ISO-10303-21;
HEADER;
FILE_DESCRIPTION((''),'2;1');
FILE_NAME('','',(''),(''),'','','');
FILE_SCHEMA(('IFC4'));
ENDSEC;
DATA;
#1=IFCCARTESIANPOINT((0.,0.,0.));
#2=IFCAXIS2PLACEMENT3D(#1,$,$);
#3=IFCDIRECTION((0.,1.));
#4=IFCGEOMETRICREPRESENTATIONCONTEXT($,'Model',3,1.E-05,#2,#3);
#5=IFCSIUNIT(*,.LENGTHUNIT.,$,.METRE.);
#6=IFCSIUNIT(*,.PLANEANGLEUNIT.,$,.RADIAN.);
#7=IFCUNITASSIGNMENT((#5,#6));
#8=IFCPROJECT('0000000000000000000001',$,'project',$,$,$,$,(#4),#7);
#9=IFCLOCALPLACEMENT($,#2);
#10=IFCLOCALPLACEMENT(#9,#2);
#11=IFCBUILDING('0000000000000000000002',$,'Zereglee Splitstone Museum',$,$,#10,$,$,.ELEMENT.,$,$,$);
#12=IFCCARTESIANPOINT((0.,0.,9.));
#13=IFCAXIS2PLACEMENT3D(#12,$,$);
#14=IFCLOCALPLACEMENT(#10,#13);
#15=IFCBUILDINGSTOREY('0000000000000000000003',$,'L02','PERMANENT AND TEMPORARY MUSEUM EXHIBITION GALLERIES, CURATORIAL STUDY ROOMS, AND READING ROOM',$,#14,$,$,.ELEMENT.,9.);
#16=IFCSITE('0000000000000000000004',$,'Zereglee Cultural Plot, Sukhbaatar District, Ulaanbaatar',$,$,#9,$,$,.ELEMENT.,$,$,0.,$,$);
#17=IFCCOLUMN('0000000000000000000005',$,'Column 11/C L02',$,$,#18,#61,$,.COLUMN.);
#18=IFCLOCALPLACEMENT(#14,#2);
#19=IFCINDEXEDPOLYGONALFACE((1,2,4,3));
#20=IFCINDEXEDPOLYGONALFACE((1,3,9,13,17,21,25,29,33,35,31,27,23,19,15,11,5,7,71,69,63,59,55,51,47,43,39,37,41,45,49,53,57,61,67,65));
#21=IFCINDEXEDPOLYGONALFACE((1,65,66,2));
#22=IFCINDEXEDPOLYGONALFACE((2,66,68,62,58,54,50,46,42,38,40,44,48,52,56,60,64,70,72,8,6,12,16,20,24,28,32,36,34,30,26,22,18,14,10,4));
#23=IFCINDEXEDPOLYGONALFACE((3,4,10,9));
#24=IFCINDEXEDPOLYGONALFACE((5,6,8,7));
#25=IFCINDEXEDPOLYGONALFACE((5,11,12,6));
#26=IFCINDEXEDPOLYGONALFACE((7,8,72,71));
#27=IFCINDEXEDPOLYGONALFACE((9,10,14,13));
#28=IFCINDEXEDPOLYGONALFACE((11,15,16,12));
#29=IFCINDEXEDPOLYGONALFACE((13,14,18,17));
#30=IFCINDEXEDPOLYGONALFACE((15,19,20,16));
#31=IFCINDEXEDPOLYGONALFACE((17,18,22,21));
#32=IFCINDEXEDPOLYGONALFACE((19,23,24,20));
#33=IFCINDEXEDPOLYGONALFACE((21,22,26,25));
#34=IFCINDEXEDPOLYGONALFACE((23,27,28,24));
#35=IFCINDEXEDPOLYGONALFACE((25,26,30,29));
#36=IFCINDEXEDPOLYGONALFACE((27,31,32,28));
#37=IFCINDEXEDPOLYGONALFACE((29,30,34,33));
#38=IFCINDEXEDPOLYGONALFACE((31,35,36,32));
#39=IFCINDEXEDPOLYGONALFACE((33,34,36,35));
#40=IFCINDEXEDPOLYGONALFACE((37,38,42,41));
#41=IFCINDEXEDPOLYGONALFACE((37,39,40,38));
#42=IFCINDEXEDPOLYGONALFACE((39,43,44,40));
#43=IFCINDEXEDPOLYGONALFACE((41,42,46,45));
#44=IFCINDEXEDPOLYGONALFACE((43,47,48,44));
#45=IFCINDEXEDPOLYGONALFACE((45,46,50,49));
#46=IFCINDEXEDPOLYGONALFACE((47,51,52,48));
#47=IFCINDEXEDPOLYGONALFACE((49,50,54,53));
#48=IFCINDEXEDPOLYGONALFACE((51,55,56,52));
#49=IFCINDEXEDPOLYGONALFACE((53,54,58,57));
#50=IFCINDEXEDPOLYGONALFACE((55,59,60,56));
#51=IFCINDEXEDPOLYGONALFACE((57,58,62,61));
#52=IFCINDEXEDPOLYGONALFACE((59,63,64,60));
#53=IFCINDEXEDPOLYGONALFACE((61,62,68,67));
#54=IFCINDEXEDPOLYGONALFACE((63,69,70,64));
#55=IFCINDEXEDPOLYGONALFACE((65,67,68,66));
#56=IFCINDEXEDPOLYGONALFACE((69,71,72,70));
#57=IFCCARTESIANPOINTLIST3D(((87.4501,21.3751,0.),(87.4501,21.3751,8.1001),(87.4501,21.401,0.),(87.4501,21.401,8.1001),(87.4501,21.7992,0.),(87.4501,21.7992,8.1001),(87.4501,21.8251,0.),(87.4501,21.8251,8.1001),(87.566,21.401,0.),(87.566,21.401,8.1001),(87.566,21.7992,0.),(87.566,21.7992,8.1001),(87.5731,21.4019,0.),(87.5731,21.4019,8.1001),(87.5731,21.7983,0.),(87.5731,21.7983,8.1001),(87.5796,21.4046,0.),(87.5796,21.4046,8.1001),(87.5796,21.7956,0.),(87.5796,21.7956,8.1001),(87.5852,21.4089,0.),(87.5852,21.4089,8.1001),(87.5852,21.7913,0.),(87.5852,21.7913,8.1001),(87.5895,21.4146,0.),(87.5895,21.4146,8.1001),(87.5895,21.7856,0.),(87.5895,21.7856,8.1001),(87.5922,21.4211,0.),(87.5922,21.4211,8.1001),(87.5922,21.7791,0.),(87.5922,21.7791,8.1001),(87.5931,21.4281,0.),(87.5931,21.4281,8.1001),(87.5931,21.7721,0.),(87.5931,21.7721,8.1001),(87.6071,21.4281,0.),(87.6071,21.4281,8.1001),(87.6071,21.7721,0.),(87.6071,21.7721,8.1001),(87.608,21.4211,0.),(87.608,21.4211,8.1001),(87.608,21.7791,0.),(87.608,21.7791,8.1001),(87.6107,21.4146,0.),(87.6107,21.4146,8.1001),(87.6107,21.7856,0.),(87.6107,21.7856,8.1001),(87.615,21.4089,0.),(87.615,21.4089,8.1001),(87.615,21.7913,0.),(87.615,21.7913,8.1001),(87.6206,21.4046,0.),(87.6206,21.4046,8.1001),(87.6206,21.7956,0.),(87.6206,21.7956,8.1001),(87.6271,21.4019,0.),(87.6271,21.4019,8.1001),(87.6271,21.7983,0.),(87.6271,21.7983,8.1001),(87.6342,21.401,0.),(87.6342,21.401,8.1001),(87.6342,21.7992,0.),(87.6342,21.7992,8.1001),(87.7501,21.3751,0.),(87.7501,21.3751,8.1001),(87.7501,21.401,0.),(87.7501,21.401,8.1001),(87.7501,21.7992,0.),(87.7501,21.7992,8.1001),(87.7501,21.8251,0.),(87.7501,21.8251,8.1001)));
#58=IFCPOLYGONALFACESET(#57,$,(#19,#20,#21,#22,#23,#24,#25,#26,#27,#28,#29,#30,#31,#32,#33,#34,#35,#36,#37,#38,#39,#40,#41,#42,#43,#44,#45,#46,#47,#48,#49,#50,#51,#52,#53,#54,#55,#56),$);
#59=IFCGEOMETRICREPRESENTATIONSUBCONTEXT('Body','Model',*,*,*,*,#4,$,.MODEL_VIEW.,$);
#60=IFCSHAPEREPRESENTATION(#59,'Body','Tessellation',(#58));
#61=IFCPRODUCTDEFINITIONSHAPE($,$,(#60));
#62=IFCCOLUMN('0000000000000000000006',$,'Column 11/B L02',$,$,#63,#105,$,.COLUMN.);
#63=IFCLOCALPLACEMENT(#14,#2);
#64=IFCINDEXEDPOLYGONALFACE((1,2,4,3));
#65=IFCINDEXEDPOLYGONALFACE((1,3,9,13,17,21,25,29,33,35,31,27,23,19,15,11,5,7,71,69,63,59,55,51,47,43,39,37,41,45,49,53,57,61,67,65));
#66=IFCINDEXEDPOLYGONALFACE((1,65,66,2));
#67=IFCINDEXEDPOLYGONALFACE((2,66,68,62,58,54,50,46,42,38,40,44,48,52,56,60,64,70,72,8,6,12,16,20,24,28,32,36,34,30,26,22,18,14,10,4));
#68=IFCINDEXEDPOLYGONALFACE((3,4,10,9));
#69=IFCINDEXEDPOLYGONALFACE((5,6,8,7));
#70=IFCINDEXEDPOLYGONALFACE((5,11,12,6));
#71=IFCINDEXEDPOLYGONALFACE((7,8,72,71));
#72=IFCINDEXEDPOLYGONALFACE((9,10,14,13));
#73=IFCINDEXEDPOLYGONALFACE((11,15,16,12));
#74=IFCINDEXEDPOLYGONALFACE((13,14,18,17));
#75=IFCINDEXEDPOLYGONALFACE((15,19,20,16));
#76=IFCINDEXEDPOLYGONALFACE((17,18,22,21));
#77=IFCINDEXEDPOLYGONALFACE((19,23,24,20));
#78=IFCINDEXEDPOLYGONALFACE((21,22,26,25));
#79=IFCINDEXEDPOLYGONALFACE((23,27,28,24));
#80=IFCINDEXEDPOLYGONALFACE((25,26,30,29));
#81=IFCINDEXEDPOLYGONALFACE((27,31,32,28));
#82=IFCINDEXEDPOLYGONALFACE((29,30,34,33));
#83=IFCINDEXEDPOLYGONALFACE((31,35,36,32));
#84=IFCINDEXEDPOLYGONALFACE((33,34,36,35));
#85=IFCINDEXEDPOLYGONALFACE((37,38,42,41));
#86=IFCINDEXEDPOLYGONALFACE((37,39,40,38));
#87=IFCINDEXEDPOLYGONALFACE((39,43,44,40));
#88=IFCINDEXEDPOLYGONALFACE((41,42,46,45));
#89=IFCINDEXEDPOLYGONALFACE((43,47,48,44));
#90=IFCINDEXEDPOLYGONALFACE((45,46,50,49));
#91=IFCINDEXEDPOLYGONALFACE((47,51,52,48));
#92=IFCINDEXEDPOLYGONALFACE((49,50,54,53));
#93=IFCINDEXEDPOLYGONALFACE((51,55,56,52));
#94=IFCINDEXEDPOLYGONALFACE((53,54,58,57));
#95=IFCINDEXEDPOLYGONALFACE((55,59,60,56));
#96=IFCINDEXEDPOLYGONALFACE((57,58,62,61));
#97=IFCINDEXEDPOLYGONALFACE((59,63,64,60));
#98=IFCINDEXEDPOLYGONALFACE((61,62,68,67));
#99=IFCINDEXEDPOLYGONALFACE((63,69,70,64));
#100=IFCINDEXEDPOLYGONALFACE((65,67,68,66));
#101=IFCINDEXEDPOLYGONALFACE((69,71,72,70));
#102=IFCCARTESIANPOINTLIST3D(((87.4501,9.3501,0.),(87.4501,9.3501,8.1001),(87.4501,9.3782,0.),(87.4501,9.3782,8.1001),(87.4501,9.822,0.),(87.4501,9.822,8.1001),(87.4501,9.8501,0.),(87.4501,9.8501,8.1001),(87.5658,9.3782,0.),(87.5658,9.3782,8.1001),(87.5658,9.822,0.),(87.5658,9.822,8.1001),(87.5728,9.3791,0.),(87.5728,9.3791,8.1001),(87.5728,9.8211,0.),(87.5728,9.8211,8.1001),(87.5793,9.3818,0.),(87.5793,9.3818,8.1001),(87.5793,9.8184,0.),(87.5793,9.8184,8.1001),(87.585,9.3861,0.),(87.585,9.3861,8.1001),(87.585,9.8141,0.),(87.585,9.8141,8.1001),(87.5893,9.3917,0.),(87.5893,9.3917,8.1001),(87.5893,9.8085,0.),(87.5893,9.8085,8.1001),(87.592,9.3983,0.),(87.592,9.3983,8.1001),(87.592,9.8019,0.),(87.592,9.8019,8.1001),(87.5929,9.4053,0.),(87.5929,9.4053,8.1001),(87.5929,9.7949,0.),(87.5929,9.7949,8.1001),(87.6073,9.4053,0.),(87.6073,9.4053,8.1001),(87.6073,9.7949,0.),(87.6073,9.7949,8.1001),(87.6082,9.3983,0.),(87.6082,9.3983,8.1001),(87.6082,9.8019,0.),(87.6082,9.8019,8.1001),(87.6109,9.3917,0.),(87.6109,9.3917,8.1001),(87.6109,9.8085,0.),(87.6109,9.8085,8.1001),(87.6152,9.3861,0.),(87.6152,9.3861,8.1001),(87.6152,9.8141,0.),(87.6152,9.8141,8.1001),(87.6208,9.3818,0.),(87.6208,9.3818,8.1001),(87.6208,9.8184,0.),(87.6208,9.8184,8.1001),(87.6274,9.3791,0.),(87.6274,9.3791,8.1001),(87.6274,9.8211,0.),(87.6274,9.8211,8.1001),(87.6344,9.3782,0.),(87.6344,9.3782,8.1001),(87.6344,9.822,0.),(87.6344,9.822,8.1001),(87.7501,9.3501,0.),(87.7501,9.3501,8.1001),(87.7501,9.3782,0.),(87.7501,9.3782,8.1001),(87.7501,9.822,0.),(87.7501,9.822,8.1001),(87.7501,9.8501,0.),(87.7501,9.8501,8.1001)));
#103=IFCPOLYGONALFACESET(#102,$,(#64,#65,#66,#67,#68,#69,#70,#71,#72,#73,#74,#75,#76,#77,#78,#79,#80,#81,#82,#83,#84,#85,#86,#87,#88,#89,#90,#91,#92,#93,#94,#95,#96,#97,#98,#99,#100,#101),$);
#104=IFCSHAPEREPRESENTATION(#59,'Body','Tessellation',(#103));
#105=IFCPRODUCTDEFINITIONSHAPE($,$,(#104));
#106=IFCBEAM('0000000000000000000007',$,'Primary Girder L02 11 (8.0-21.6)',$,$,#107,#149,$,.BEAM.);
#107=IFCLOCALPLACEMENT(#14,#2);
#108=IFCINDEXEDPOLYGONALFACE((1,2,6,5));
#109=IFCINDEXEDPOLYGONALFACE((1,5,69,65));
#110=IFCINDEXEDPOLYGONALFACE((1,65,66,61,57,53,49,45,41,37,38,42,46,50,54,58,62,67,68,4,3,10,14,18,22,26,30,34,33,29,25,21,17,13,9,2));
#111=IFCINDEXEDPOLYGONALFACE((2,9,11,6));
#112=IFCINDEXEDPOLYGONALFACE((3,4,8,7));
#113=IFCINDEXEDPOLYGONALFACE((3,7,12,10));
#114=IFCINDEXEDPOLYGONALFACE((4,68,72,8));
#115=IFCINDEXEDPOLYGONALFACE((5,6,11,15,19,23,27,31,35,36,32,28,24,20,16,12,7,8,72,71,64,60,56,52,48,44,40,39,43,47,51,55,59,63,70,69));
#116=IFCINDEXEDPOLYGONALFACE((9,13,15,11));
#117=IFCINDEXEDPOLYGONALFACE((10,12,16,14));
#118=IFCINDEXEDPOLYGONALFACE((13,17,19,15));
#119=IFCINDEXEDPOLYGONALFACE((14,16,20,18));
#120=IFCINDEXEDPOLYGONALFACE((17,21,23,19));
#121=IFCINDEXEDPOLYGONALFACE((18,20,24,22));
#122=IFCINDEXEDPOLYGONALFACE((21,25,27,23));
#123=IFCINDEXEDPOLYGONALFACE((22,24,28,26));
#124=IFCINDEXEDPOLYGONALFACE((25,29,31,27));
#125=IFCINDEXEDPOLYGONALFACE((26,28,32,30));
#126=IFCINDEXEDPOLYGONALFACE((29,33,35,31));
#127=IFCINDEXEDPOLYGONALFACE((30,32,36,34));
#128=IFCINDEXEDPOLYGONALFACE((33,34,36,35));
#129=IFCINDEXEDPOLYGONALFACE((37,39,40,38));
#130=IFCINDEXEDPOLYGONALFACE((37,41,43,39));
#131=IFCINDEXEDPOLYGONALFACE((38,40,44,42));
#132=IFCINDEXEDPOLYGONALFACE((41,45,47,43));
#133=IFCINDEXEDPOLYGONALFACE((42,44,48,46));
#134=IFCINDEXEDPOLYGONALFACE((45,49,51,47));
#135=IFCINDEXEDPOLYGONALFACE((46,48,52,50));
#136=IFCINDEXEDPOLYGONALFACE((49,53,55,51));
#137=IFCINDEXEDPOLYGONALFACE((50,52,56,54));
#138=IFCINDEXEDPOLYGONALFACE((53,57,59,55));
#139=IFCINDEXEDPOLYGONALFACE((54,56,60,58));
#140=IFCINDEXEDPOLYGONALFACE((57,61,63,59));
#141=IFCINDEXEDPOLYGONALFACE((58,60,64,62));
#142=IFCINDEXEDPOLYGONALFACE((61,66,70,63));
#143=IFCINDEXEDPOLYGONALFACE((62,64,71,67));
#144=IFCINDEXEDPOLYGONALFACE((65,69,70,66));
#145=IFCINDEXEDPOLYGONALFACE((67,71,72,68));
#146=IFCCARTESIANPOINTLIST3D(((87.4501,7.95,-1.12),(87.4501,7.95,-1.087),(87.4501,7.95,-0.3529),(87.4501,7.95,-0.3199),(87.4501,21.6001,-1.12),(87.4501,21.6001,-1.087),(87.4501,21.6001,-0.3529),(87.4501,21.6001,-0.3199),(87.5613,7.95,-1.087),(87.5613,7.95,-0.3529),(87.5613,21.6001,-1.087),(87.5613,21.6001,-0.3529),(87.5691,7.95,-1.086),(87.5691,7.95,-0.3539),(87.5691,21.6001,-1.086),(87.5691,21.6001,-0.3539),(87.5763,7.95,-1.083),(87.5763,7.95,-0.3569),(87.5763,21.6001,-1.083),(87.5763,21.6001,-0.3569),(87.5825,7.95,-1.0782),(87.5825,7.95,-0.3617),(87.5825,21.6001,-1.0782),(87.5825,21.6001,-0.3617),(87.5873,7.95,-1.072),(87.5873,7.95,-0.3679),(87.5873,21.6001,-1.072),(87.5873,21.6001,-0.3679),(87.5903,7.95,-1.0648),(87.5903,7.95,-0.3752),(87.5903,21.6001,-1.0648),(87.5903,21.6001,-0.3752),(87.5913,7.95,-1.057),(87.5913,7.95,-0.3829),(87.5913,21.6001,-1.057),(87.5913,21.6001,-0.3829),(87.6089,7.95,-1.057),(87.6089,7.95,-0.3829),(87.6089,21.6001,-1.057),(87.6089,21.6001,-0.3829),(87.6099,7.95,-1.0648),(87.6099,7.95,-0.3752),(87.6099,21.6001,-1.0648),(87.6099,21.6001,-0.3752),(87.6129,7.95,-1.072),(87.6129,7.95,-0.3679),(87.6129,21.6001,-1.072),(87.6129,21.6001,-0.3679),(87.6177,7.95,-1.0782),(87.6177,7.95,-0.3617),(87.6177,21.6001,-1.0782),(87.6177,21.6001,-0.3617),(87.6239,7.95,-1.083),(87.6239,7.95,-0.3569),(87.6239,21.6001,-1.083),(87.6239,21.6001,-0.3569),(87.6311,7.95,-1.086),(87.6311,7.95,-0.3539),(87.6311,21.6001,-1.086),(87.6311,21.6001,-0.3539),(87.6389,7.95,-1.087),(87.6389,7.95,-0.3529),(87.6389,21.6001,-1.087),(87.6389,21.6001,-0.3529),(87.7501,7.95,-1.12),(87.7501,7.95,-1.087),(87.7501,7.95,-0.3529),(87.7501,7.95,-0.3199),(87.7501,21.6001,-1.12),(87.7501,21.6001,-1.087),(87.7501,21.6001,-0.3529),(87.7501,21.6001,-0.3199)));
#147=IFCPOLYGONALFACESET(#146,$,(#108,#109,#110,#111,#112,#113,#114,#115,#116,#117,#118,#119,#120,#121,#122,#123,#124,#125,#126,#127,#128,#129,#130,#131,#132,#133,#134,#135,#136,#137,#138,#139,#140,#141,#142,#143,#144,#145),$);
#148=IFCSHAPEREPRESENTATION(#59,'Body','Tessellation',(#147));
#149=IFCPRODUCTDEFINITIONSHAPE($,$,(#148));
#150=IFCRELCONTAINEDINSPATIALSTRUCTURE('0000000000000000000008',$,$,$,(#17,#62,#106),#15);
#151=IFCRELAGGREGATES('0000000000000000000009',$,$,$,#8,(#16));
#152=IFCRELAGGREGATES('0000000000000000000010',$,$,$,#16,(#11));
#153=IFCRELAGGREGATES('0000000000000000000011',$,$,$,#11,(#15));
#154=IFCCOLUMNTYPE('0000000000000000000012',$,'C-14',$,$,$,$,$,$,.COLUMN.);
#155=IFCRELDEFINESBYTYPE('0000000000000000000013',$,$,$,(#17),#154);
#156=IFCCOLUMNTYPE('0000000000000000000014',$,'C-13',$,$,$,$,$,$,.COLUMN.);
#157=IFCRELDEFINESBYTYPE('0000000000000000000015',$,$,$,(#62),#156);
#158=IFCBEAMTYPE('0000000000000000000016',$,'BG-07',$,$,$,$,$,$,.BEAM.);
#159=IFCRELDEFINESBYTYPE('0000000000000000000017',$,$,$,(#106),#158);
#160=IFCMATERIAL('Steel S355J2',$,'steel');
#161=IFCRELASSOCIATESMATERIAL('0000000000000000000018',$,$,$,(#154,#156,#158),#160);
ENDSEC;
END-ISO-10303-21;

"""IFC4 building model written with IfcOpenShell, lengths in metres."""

from ifc_helpers import new_model, si_unit, direction, frame, origin, origin_2d, place, context, subcontext, project, spatial, i_section, extrude, material, material_profile, profile_set, type_object, element, save


model = new_model("IFC4")

# Units and contexts
model_context = context("Model", 3, precision=1e-05, world=origin(), true_north=direction((0.0, 1.0)))
body_context = subcontext(model_context, "Body", "Model", "MODEL_VIEW")
ifc_project = project(units=[si_unit("LENGTHUNIT", "METRE"), si_unit("PLANEANGLEUNIT", "RADIAN")], contexts=[model_context])

# Site, building, storey
site_placement = place(None, origin())
site = spatial("IfcSite", under=ifc_project, at=site_placement, Name="Zereglee Cultural Plot, Sukhbaatar District, Ulaanbaatar", CompositionType="ELEMENT", RefElevation=0.0)
building_placement = place(site_placement, origin())
building = spatial("IfcBuilding", under=site, at=building_placement, Name="Zereglee Splitstone Museum", CompositionType="ELEMENT")
storey_placement = place(building_placement, frame((0.0, 0.0, 9.0)))
storey = spatial("IfcBuildingStorey", under=building, at=storey_placement, Name="L02", Description="PERMANENT AND TEMPORARY MUSEUM EXHIBITION GALLERIES, CURATORIAL STUDY ROOMS, AND READING ROOM", CompositionType="ELEMENT", Elevation=9.0)

# Columns
ifc_material_1 = material(Name="Steel S355J2", Category="steel")
ifc_material_profile_1 = material_profile(ifc_material_1, i_section(OverallWidth=0.3, OverallDepth=0.45, WebThickness=0.0139, FlangeThickness=0.0259, FilletRadius=0.0271, at=origin_2d()), Name="HE 450 B")
ifc_profile_set_1 = profile_set([ifc_material_profile_1], Name="Steel S355J2")
column_type_1 = type_object("IfcColumnType", Name="C-14", PredefinedType="COLUMN", material=ifc_profile_set_1)
column_1_placement = place(storey_placement, frame((87.6001, 21.6001, 0.0), z_axis=(0.0, 0.0, 1.0), x_axis=(1.0, 0.0, 0.0)))
element("IfcColumn", 1, at=column_1_placement, inside=storey, type_object=column_type_1, Name="Column 11/C L02", PredefinedType="COLUMN", context=body_context, shape_type="SweptSolid", body=[
    extrude(i_section(OverallWidth=0.3, OverallDepth=0.45, WebThickness=0.0139, FlangeThickness=0.0259, FilletRadius=0.0271, at=origin_2d()), origin(), (0.0, 0.0, 1.0), 8.1001),
])
ifc_material_profile_2 = material_profile(ifc_material_1, i_section(OverallWidth=0.3, OverallDepth=0.5, WebThickness=0.0144, FlangeThickness=0.0281, FilletRadius=0.0271, at=origin_2d()), Name="HE 500 B")
ifc_profile_set_2 = profile_set([ifc_material_profile_2], Name="Steel S355J2")
column_type_2 = type_object("IfcColumnType", Name="C-13", PredefinedType="COLUMN", material=ifc_profile_set_2)
column_2_placement = place(storey_placement, frame((87.6001, 9.6001, 0.0), z_axis=(0.0, 0.0, 1.0), x_axis=(1.0, 0.0, 0.0)))
element("IfcColumn", 2, at=column_2_placement, inside=storey, type_object=column_type_2, Name="Column 11/B L02", PredefinedType="COLUMN", context=body_context, shape_type="SweptSolid", body=[
    extrude(i_section(OverallWidth=0.3, OverallDepth=0.5, WebThickness=0.0144, FlangeThickness=0.0281, FilletRadius=0.0271, at=origin_2d()), origin(), (0.0, 0.0, 1.0), 8.1001),
])

# Beam
ifc_material_profile_3 = material_profile(ifc_material_1, i_section(OverallWidth=0.3, OverallDepth=0.8, WebThickness=0.0176, FlangeThickness=0.033, FilletRadius=0.03, at=origin_2d()), Name="HE 800 B")
ifc_profile_set_3 = profile_set([ifc_material_profile_3], Name="Steel S355J2")
beam_type_1 = type_object("IfcBeamType", Name="BG-07", PredefinedType="BEAM", material=ifc_profile_set_3)
beam_1_placement = place(storey_placement, frame((87.6001, 7.95, -0.72), z_axis=(0.0, 1.0, 0.0), x_axis=(-1.0, 0.0, 0.0)))
element("IfcBeam", 3, at=beam_1_placement, inside=storey, type_object=beam_type_1, Name="Primary Girder L02 11 (8.0-21.6)", PredefinedType="BEAM", context=body_context, shape_type="SweptSolid", body=[
    extrude(i_section(OverallWidth=0.3, OverallDepth=0.8, WebThickness=0.0176, FlangeThickness=0.033, FilletRadius=0.03, at=origin_2d()), origin(), (0.0, 0.0, 1.0), 13.6501),
])

save(model, "model.ifc")
